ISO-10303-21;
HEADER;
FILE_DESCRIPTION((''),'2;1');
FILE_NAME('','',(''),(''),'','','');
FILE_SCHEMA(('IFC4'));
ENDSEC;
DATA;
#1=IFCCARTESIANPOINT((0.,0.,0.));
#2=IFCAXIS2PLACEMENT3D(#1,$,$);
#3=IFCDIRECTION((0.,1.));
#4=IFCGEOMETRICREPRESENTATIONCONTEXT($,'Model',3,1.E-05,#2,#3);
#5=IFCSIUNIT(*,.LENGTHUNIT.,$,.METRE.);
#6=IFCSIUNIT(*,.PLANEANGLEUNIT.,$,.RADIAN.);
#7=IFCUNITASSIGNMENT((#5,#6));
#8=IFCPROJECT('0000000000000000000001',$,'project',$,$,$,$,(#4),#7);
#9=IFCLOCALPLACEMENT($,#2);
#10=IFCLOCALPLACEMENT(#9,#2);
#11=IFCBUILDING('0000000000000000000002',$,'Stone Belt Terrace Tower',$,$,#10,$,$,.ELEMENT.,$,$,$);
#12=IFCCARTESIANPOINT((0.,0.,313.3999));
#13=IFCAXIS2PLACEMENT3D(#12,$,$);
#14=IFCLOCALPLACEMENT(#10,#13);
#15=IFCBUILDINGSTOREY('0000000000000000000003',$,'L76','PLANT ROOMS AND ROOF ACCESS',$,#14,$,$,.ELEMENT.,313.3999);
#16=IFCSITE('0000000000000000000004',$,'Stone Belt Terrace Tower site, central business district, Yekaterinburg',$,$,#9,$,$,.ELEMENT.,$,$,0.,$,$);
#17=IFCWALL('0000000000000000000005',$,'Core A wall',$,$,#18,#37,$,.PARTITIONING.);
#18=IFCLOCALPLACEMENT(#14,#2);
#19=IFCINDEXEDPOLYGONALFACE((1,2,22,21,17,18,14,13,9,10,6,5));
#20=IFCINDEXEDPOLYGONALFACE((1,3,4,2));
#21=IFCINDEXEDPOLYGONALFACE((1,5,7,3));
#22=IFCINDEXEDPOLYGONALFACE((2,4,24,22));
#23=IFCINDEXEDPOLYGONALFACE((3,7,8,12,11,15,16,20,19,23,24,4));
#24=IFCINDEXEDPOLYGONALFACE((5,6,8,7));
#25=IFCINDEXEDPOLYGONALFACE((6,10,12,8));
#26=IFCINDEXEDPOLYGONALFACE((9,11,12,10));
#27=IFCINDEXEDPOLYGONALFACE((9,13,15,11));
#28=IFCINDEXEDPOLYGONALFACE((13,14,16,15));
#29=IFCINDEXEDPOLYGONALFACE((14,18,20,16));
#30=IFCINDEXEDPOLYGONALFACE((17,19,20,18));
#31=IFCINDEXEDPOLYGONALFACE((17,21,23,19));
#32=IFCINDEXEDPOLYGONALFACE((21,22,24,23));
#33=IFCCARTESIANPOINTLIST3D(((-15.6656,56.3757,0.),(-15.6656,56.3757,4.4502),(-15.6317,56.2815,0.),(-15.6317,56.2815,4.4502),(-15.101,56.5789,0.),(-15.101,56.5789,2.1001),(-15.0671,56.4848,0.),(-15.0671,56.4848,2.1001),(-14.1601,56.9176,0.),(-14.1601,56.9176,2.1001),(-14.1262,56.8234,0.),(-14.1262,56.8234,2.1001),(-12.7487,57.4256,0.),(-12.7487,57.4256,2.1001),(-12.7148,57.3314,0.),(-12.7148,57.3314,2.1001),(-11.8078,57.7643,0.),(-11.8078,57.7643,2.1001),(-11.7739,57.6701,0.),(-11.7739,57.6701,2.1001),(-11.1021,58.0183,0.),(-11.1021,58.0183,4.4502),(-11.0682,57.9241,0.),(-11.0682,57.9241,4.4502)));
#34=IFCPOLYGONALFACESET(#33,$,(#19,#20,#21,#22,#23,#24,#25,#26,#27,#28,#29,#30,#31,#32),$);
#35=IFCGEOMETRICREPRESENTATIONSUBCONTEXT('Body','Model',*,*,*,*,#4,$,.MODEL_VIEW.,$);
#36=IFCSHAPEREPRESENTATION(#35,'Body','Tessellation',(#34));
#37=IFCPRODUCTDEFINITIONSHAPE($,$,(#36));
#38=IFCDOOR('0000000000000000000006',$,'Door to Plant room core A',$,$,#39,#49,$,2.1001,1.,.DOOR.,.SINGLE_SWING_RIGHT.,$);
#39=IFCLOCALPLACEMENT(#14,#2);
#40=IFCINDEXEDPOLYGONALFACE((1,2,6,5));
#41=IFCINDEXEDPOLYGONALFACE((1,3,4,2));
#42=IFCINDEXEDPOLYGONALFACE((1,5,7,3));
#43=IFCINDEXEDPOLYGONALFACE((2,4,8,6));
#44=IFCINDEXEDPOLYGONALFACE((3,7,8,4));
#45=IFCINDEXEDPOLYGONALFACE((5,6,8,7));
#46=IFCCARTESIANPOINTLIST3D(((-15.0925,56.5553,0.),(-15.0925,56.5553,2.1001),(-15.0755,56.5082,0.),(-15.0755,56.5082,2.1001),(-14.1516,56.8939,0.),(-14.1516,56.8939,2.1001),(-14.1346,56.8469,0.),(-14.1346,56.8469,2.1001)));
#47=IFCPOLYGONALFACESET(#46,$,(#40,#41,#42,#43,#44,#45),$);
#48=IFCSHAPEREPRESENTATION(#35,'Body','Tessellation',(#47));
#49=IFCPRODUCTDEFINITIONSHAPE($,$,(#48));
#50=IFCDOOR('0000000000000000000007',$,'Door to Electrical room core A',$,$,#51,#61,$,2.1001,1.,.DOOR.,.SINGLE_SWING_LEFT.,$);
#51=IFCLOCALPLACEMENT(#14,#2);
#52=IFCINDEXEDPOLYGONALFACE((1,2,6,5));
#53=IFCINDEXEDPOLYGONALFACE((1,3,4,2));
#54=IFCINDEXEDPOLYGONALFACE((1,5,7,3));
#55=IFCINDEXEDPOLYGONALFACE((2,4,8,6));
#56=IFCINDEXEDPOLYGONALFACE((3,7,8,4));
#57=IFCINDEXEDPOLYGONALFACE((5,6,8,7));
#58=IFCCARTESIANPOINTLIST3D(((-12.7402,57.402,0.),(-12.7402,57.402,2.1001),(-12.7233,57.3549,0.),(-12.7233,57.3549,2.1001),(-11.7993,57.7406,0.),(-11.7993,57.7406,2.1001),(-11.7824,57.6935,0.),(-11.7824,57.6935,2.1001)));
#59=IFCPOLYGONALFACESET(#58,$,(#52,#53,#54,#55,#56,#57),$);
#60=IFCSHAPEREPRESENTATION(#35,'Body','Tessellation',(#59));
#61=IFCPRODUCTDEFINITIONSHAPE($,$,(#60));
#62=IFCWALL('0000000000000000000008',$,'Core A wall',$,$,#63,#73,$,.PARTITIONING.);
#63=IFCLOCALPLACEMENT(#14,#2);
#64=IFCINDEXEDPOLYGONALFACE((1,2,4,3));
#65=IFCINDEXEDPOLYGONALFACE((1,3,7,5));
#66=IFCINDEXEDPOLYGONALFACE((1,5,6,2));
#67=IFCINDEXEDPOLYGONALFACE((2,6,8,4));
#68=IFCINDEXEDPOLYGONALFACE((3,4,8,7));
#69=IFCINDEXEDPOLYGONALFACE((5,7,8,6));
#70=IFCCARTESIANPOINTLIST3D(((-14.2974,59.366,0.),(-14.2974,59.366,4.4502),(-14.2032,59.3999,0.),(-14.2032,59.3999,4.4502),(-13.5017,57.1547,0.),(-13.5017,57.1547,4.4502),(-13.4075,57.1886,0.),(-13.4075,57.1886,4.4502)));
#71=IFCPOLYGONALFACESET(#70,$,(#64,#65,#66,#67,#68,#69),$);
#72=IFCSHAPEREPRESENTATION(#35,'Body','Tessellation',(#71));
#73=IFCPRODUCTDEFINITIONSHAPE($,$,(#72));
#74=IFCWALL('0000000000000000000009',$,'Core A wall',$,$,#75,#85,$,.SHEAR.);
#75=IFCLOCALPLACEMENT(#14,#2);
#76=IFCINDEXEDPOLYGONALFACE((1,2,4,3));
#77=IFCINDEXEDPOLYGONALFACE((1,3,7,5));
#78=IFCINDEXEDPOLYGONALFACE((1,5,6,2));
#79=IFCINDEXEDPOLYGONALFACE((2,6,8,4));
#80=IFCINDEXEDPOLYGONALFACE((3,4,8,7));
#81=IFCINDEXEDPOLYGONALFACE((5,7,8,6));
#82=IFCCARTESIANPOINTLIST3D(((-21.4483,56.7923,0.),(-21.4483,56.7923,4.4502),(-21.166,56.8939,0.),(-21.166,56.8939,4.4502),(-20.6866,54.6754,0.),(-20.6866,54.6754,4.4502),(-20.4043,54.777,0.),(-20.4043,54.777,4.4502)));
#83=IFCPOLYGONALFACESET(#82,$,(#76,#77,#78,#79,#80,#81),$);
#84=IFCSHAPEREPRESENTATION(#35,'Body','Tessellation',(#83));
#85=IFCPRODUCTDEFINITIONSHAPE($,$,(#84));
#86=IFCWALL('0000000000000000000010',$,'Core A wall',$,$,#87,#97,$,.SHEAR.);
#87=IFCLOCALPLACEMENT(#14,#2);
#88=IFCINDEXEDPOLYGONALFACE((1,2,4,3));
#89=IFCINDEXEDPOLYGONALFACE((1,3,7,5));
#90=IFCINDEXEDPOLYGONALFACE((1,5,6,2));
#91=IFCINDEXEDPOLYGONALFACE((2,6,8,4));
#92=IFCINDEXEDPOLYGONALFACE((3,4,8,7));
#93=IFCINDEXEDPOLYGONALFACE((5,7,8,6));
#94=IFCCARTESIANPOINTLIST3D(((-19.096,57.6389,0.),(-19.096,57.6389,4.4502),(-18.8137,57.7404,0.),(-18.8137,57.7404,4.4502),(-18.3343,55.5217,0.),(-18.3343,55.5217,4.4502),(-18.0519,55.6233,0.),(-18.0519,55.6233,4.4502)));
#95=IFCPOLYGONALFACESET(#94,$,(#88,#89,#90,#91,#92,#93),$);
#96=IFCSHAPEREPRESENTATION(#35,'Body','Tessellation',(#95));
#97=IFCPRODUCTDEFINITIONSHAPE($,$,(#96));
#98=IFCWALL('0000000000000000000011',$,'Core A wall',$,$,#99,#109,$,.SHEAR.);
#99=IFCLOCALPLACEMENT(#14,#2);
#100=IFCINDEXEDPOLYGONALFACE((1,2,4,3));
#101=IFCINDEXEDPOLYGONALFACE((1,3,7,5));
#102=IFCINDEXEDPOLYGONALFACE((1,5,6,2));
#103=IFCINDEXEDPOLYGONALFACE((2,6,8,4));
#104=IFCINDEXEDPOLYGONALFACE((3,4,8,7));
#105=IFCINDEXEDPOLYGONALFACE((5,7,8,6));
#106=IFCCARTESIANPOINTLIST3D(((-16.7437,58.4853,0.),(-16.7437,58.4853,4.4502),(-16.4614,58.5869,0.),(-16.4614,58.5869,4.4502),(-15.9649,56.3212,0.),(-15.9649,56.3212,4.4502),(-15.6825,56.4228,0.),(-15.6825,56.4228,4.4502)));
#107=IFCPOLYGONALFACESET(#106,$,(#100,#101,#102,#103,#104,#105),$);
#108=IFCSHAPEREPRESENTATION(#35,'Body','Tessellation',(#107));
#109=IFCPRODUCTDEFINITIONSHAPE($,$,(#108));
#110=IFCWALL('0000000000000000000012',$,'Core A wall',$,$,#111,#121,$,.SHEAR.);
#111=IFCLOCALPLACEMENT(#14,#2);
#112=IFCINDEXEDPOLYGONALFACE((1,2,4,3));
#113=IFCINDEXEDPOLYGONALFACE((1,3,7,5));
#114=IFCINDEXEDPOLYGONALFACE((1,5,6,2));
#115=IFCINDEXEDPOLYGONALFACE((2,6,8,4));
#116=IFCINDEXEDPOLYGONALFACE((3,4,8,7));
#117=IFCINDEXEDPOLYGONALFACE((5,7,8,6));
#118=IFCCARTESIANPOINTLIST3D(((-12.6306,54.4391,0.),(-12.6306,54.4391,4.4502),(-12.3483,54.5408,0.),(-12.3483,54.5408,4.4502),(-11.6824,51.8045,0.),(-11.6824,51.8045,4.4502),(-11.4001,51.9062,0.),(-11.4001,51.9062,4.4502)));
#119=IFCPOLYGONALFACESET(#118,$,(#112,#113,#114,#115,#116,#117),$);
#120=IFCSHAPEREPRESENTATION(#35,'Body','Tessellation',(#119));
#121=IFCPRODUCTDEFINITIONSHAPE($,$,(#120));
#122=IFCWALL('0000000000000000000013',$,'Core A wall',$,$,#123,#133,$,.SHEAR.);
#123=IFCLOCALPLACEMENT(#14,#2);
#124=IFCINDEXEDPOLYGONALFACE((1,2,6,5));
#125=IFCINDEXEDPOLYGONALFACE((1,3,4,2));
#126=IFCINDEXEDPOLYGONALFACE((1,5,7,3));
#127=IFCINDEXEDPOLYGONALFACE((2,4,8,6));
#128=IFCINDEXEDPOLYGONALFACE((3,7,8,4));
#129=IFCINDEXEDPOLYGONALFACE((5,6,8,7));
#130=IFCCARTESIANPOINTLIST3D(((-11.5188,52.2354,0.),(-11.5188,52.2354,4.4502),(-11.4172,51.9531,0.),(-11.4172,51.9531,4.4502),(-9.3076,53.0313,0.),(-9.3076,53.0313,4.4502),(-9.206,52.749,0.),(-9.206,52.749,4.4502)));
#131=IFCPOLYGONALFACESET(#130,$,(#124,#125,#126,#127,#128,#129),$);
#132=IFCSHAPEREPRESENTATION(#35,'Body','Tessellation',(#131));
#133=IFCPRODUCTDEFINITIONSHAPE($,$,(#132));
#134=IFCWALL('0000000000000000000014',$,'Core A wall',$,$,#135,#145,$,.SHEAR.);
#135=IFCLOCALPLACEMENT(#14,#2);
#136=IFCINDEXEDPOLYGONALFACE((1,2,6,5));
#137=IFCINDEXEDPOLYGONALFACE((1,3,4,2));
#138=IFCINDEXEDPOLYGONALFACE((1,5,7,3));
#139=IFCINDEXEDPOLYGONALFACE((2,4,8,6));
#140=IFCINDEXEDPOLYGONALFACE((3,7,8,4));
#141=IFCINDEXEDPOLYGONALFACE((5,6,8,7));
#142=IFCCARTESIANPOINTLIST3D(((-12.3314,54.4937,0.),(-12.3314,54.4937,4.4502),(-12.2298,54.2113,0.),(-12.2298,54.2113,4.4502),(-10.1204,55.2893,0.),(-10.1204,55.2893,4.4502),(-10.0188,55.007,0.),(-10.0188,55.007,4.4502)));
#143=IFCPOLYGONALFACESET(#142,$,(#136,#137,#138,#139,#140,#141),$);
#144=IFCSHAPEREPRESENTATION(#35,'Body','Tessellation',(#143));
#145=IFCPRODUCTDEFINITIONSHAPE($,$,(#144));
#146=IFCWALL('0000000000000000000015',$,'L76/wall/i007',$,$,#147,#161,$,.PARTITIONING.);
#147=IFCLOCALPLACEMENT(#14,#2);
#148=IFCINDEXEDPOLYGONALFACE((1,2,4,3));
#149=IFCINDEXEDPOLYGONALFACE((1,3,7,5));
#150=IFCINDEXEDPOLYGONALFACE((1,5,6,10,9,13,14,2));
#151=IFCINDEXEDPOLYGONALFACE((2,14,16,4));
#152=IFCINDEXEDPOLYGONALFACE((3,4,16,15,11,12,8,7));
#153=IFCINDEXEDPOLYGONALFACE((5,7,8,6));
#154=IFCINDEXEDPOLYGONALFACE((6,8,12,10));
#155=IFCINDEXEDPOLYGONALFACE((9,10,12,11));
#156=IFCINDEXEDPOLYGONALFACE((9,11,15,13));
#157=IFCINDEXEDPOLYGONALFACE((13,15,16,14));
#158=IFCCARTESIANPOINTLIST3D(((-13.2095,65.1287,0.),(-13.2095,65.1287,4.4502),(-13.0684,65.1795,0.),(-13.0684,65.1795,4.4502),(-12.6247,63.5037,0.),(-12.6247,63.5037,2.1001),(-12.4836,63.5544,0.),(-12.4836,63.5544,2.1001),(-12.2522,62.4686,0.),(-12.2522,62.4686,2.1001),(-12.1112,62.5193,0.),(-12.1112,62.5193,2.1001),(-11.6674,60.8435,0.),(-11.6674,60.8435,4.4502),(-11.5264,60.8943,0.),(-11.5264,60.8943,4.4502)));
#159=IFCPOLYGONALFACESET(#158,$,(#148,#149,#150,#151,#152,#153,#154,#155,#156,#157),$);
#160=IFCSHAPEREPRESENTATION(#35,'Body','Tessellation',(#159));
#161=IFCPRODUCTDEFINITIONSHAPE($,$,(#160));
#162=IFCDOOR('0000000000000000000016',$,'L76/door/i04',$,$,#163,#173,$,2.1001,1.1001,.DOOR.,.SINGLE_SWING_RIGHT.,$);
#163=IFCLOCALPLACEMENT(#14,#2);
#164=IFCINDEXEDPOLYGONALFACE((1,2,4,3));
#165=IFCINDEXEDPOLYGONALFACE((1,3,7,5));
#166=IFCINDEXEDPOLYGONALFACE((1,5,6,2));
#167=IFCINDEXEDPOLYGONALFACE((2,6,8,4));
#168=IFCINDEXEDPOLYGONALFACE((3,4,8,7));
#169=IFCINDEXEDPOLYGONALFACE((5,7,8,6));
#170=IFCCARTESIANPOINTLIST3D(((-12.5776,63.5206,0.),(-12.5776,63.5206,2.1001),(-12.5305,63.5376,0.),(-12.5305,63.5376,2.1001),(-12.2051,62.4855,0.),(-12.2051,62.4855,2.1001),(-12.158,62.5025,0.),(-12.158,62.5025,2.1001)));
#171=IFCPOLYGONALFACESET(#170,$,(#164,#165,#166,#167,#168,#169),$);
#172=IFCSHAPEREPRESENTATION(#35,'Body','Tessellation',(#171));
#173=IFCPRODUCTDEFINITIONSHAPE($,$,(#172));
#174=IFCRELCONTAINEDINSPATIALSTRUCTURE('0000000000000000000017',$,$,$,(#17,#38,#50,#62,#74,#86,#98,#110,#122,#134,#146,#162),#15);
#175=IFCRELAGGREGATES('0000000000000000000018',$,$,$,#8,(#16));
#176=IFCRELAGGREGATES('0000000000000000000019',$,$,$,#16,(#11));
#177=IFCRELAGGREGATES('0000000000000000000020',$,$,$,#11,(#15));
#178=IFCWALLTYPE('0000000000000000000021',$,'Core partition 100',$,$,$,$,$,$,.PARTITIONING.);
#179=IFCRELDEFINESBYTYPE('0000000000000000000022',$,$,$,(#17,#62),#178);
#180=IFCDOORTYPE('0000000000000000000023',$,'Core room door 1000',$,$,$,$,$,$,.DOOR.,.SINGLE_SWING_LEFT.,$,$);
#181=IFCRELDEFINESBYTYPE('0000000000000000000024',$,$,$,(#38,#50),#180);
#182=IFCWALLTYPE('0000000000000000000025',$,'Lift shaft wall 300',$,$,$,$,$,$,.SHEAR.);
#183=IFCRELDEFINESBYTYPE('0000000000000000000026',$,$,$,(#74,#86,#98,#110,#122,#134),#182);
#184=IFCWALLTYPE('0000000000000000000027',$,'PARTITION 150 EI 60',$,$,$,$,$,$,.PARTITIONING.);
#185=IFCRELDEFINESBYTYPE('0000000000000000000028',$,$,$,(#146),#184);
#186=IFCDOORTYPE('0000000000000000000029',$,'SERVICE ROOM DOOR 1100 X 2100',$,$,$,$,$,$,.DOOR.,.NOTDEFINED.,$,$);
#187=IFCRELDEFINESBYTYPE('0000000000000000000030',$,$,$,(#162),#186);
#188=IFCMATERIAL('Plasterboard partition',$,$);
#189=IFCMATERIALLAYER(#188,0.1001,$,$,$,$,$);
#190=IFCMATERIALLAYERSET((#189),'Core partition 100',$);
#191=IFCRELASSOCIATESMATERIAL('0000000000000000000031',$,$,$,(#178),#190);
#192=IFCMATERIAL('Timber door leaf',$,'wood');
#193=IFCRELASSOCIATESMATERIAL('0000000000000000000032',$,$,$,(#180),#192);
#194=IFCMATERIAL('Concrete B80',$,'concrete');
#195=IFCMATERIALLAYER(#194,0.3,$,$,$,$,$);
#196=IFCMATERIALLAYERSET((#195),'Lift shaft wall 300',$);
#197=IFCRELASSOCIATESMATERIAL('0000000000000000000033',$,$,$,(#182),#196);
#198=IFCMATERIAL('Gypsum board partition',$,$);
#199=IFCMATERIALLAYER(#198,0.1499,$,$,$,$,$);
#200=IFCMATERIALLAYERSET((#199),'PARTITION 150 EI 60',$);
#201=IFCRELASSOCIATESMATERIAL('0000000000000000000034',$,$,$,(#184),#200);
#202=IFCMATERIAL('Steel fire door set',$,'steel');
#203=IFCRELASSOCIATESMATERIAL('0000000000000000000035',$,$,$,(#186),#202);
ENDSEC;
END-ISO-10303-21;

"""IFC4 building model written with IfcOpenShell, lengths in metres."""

from ifc_helpers import new_model, si_unit, direction, frame, frame_2d, origin, place, context, subcontext, project, spatial, rectangle, extrude, material, layer, layer_set, type_object, element, fill, save


model = new_model("IFC4")

# Units and contexts
model_context = context("Model", 3, precision=1e-05, world=origin(), true_north=direction((0.0, 1.0)))
body_context = subcontext(model_context, "Body", "Model", "MODEL_VIEW")
ifc_project = project(units=[si_unit("LENGTHUNIT", "METRE"), si_unit("PLANEANGLEUNIT", "RADIAN")], contexts=[model_context])

# Site, building, storey
site_placement = place(None, origin())
site = spatial("IfcSite", under=ifc_project, at=site_placement, Name="Stone Belt Terrace Tower site, central business district, Yekaterinburg", CompositionType="ELEMENT", RefElevation=0.0)
building_placement = place(site_placement, origin())
building = spatial("IfcBuilding", under=site, at=building_placement, Name="Stone Belt Terrace Tower", CompositionType="ELEMENT")
storey_placement = place(building_placement, frame((0.0, 0.0, 313.3999)))
storey = spatial("IfcBuildingStorey", under=building, at=storey_placement, Name="L76", Description="PLANT ROOMS AND ROOF ACCESS", CompositionType="ELEMENT", Elevation=313.3999)

# Shared definitions
ifc_material_1 = material(Name="Plasterboard partition")
ifc_layer_1 = layer(ifc_material_1, 0.1001)
ifc_layer_set_1 = layer_set([ifc_layer_1], Name="Core partition 100")
wall_type_1 = type_object("IfcWallType", Name="Core partition 100", PredefinedType="PARTITIONING", material=ifc_layer_set_1)
ifc_material_2 = material(Name="Timber door leaf", Category="wood")
door_type_1 = type_object("IfcDoorType", Name="Core room door 1000", OperationType="SINGLE_SWING_LEFT", PredefinedType="DOOR", material=ifc_material_2)

# Wall, openings, doors
wall_1_placement = place(storey_placement, frame((-15.6487, 56.3286, 0.0), z_axis=(0.0, 0.0, 1.0), x_axis=(0.940905, 0.33867, 0.0)))
wall_1 = element("IfcWall", 1, at=wall_1_placement, inside=storey, type_object=wall_type_1, Name="Core A wall", PredefinedType="PARTITIONING", context=body_context, shape_type="SweptSolid", body=[
    extrude(rectangle(XDim=4.8501, YDim=0.1001, at=frame_2d((2.425, 0.0))), origin(), (0.0, 0.0, 1.0), 4.4502),
])
opening_1_placement = place(wall_1_placement, frame((0.6001, 0.0, 0.0)))
opening_1 = element("IfcOpeningElement", 2, at=opening_1_placement, cuts=wall_1, PredefinedType="OPENING", context=body_context, shape_type="SweptSolid", body=[
    extrude(rectangle(XDim=1.0, YDim=2.1001, at=frame_2d((0.5, 1.05))), frame((0.0, 0.0601, 0.0), z_axis=(0.0, -1.0, 0.0), x_axis=(1.0, 0.0, 0.0)), (0.0, 0.0, 1.0), 0.1201),
])
opening_2_placement = place(wall_1_placement, frame((3.1001, 0.0, 0.0)))
opening_2 = element("IfcOpeningElement", 3, at=opening_2_placement, cuts=wall_1, PredefinedType="OPENING", context=body_context, shape_type="SweptSolid", body=[
    extrude(rectangle(XDim=1.0, YDim=2.1001, at=frame_2d((0.5, 1.05))), frame((0.0, 0.0601, 0.0), z_axis=(0.0, -1.0, 0.0), x_axis=(1.0, 0.0, 0.0)), (0.0, 0.0, 1.0), 0.1201),
])
door_1_placement = place(opening_1_placement, origin())
door_1 = element("IfcDoor", 4, at=door_1_placement, inside=storey, type_object=door_type_1, Name="Door to Plant room core A", OperationType="SINGLE_SWING_RIGHT", OverallHeight=2.1001, OverallWidth=1.0, PredefinedType="DOOR", context=body_context, shape_type="SweptSolid", body=[
    extrude(rectangle(XDim=1.0, YDim=2.1001, at=frame_2d((0.5, 1.05))), frame((0.0, 0.0249, 0.0), z_axis=(0.0, -1.0, 0.0), x_axis=(1.0, 0.0, 0.0)), (0.0, 0.0, 1.0), 0.05),
])
fill(opening_1, door_1)
door_2_placement = place(opening_2_placement, origin())
door_2 = element("IfcDoor", 5, at=door_2_placement, inside=storey, type_object=door_type_1, Name="Door to Electrical room core A", OperationType="SINGLE_SWING_LEFT", OverallHeight=2.1001, OverallWidth=1.0, PredefinedType="DOOR", context=body_context, shape_type="SweptSolid", body=[
    extrude(rectangle(XDim=1.0, YDim=2.1001, at=frame_2d((0.5, 1.05))), frame((0.0, 0.0249, 0.0), z_axis=(0.0, -1.0, 0.0), x_axis=(1.0, 0.0, 0.0)), (0.0, 0.0, 1.0), 0.05),
])
fill(opening_2, door_2)

# Walls
wall_2_placement = place(storey_placement, frame((-13.4546, 57.1716, 0.0), z_axis=(0.0, 0.0, 1.0), x_axis=(-0.33858, 0.940938, 0.0)))
element("IfcWall", 6, at=wall_2_placement, inside=storey, type_object=wall_type_1, Name="Core A wall", PredefinedType="PARTITIONING", context=body_context, shape_type="SweptSolid", body=[
    extrude(rectangle(XDim=2.3501, YDim=0.1001, at=frame_2d((1.175, 0.0))), origin(), (0.0, 0.0, 1.0), 4.4502),
])
ifc_material_3 = material(Name="Concrete B80", Category="concrete")
ifc_layer_2 = layer(ifc_material_3, 0.3)
ifc_layer_set_2 = layer_set([ifc_layer_2], Name="Lift shaft wall 300")
wall_type_2 = type_object("IfcWallType", Name="Lift shaft wall 300", PredefinedType="SHEAR", material=ifc_layer_set_2)
wall_3_placement = place(storey_placement, frame((-20.5454, 54.7261, 0.0), z_axis=(0.0, 0.0, 1.0), x_axis=(-0.33857, 0.940941, 0.0)))
element("IfcWall", 7, at=wall_3_placement, inside=storey, type_object=wall_type_2, Name="Core A wall", PredefinedType="SHEAR", context=body_context, shape_type="SweptSolid", body=[
    extrude(rectangle(XDim=2.2498, YDim=0.3, at=frame_2d((1.125, 0.0))), origin(), (0.0, 0.0, 1.0), 4.4502),
])
wall_4_placement = place(storey_placement, frame((-18.1931, 55.5725, 0.0), z_axis=(0.0, 0.0, 1.0), x_axis=(-0.338535, 0.940954, 0.0)))
element("IfcWall", 8, at=wall_4_placement, inside=storey, type_object=wall_type_2, Name="Core A wall", PredefinedType="SHEAR", context=body_context, shape_type="SweptSolid", body=[
    extrude(rectangle(XDim=2.25, YDim=0.3, at=frame_2d((1.125, 0.0))), origin(), (0.0, 0.0, 1.0), 4.4502),
])
wall_5_placement = place(storey_placement, frame((-15.8237, 56.3721, 0.0), z_axis=(0.0, 0.0, 1.0), x_axis=(-0.338622, 0.940923, 0.0)))
element("IfcWall", 9, at=wall_5_placement, inside=storey, type_object=wall_type_2, Name="Core A wall", PredefinedType="SHEAR", context=body_context, shape_type="SweptSolid", body=[
    extrude(rectangle(XDim=2.3, YDim=0.3, at=frame_2d((1.1499, 0.0))), origin(), (0.0, 0.0, 1.0), 4.4502),
])
wall_6_placement = place(storey_placement, frame((-11.5413, 51.8555, 0.0), z_axis=(0.0, 0.0, 1.0), x_axis=(-0.338661, 0.940909, 0.0)))
element("IfcWall", 10, at=wall_6_placement, inside=storey, type_object=wall_type_2, Name="Core A wall", PredefinedType="SHEAR", context=body_context, shape_type="SweptSolid", body=[
    extrude(rectangle(XDim=2.8, YDim=0.3, at=frame_2d((1.3999, 0.0))), origin(), (0.0, 0.0, 1.0), 4.4502),
])
wall_7_placement = place(storey_placement, frame((-11.468, 52.0942, 0.0), z_axis=(0.0, 0.0, 1.0), x_axis=(0.940905, 0.338672, 0.0)))
element("IfcWall", 11, at=wall_7_placement, inside=storey, type_object=wall_type_2, Name="Core A wall", PredefinedType="SHEAR", context=body_context, shape_type="SweptSolid", body=[
    extrude(rectangle(XDim=2.3501, YDim=0.3, at=frame_2d((1.175, 0.0))), origin(), (0.0, 0.0, 1.0), 4.4502),
])
wall_8_placement = place(storey_placement, frame((-12.2805, 54.3525, 0.0), z_axis=(0.0, 0.0, 1.0), x_axis=(0.940926, 0.338613, 0.0)))
element("IfcWall", 12, at=wall_8_placement, inside=storey, type_object=wall_type_2, Name="Core A wall", PredefinedType="SHEAR", context=body_context, shape_type="SweptSolid", body=[
    extrude(rectangle(XDim=2.3499, YDim=0.3, at=frame_2d((1.1748, 0.0))), origin(), (0.0, 0.0, 1.0), 4.4502),
])

# Wall, opening, door
ifc_material_4 = material(Name="Gypsum board partition")
ifc_layer_3 = layer(ifc_material_4, 0.1499)
ifc_layer_set_3 = layer_set([ifc_layer_3], Name="PARTITION 150 EI 60")
wall_type_3 = type_object("IfcWallType", Name="PARTITION 150 EI 60", PredefinedType="PARTITIONING", material=ifc_layer_set_3)
wall_9_placement = place(storey_placement, frame((-11.5969, 60.8689, 0.0), z_axis=(0.0, 0.0, 1.0), x_axis=(-0.33859, 0.940934, 0.0)))
wall_9 = element("IfcWall", 13, at=wall_9_placement, inside=storey, type_object=wall_type_3, Name="L76/wall/i007", PredefinedType="PARTITIONING", context=body_context, shape_type="SweptSolid", body=[
    extrude(rectangle(XDim=4.5542, YDim=0.1499, at=frame_2d((2.2771, 0.0))), origin(), (0.0, 0.0, 1.0), 4.4502),
])
opening_3_placement = place(wall_9_placement, frame((1.7271, 0.0, 0.0)))
opening_3 = element("IfcOpeningElement", 14, at=opening_3_placement, cuts=wall_9, PredefinedType="OPENING", context=body_context, shape_type="SweptSolid", body=[
    extrude(rectangle(XDim=1.1001, YDim=2.1001, at=frame_2d((0.55, 1.05))), frame((0.0, 0.085, 0.0), z_axis=(0.0, -1.0, 0.0), x_axis=(1.0, 0.0, 0.0)), (0.0, 0.0, 1.0), 0.1699),
])
ifc_material_5 = material(Name="Steel fire door set", Category="steel")
door_type_2 = type_object("IfcDoorType", Name="SERVICE ROOM DOOR 1100 X 2100", OperationType="NOTDEFINED", PredefinedType="DOOR", material=ifc_material_5)
door_3_placement = place(opening_3_placement, origin())
door_3 = element("IfcDoor", 15, at=door_3_placement, inside=storey, type_object=door_type_2, Name="L76/door/i04", OperationType="SINGLE_SWING_RIGHT", OverallHeight=2.1001, OverallWidth=1.1001, PredefinedType="DOOR", context=body_context, shape_type="SweptSolid", body=[
    extrude(rectangle(XDim=1.1001, YDim=2.1001, at=frame_2d((0.55, 1.05))), frame((0.0, 0.0249, 0.0), z_axis=(0.0, -1.0, 0.0), x_axis=(1.0, 0.0, 0.0)), (0.0, 0.0, 1.0), 0.05),
])
fill(opening_3, door_3)

save(model, "model.ifc")
